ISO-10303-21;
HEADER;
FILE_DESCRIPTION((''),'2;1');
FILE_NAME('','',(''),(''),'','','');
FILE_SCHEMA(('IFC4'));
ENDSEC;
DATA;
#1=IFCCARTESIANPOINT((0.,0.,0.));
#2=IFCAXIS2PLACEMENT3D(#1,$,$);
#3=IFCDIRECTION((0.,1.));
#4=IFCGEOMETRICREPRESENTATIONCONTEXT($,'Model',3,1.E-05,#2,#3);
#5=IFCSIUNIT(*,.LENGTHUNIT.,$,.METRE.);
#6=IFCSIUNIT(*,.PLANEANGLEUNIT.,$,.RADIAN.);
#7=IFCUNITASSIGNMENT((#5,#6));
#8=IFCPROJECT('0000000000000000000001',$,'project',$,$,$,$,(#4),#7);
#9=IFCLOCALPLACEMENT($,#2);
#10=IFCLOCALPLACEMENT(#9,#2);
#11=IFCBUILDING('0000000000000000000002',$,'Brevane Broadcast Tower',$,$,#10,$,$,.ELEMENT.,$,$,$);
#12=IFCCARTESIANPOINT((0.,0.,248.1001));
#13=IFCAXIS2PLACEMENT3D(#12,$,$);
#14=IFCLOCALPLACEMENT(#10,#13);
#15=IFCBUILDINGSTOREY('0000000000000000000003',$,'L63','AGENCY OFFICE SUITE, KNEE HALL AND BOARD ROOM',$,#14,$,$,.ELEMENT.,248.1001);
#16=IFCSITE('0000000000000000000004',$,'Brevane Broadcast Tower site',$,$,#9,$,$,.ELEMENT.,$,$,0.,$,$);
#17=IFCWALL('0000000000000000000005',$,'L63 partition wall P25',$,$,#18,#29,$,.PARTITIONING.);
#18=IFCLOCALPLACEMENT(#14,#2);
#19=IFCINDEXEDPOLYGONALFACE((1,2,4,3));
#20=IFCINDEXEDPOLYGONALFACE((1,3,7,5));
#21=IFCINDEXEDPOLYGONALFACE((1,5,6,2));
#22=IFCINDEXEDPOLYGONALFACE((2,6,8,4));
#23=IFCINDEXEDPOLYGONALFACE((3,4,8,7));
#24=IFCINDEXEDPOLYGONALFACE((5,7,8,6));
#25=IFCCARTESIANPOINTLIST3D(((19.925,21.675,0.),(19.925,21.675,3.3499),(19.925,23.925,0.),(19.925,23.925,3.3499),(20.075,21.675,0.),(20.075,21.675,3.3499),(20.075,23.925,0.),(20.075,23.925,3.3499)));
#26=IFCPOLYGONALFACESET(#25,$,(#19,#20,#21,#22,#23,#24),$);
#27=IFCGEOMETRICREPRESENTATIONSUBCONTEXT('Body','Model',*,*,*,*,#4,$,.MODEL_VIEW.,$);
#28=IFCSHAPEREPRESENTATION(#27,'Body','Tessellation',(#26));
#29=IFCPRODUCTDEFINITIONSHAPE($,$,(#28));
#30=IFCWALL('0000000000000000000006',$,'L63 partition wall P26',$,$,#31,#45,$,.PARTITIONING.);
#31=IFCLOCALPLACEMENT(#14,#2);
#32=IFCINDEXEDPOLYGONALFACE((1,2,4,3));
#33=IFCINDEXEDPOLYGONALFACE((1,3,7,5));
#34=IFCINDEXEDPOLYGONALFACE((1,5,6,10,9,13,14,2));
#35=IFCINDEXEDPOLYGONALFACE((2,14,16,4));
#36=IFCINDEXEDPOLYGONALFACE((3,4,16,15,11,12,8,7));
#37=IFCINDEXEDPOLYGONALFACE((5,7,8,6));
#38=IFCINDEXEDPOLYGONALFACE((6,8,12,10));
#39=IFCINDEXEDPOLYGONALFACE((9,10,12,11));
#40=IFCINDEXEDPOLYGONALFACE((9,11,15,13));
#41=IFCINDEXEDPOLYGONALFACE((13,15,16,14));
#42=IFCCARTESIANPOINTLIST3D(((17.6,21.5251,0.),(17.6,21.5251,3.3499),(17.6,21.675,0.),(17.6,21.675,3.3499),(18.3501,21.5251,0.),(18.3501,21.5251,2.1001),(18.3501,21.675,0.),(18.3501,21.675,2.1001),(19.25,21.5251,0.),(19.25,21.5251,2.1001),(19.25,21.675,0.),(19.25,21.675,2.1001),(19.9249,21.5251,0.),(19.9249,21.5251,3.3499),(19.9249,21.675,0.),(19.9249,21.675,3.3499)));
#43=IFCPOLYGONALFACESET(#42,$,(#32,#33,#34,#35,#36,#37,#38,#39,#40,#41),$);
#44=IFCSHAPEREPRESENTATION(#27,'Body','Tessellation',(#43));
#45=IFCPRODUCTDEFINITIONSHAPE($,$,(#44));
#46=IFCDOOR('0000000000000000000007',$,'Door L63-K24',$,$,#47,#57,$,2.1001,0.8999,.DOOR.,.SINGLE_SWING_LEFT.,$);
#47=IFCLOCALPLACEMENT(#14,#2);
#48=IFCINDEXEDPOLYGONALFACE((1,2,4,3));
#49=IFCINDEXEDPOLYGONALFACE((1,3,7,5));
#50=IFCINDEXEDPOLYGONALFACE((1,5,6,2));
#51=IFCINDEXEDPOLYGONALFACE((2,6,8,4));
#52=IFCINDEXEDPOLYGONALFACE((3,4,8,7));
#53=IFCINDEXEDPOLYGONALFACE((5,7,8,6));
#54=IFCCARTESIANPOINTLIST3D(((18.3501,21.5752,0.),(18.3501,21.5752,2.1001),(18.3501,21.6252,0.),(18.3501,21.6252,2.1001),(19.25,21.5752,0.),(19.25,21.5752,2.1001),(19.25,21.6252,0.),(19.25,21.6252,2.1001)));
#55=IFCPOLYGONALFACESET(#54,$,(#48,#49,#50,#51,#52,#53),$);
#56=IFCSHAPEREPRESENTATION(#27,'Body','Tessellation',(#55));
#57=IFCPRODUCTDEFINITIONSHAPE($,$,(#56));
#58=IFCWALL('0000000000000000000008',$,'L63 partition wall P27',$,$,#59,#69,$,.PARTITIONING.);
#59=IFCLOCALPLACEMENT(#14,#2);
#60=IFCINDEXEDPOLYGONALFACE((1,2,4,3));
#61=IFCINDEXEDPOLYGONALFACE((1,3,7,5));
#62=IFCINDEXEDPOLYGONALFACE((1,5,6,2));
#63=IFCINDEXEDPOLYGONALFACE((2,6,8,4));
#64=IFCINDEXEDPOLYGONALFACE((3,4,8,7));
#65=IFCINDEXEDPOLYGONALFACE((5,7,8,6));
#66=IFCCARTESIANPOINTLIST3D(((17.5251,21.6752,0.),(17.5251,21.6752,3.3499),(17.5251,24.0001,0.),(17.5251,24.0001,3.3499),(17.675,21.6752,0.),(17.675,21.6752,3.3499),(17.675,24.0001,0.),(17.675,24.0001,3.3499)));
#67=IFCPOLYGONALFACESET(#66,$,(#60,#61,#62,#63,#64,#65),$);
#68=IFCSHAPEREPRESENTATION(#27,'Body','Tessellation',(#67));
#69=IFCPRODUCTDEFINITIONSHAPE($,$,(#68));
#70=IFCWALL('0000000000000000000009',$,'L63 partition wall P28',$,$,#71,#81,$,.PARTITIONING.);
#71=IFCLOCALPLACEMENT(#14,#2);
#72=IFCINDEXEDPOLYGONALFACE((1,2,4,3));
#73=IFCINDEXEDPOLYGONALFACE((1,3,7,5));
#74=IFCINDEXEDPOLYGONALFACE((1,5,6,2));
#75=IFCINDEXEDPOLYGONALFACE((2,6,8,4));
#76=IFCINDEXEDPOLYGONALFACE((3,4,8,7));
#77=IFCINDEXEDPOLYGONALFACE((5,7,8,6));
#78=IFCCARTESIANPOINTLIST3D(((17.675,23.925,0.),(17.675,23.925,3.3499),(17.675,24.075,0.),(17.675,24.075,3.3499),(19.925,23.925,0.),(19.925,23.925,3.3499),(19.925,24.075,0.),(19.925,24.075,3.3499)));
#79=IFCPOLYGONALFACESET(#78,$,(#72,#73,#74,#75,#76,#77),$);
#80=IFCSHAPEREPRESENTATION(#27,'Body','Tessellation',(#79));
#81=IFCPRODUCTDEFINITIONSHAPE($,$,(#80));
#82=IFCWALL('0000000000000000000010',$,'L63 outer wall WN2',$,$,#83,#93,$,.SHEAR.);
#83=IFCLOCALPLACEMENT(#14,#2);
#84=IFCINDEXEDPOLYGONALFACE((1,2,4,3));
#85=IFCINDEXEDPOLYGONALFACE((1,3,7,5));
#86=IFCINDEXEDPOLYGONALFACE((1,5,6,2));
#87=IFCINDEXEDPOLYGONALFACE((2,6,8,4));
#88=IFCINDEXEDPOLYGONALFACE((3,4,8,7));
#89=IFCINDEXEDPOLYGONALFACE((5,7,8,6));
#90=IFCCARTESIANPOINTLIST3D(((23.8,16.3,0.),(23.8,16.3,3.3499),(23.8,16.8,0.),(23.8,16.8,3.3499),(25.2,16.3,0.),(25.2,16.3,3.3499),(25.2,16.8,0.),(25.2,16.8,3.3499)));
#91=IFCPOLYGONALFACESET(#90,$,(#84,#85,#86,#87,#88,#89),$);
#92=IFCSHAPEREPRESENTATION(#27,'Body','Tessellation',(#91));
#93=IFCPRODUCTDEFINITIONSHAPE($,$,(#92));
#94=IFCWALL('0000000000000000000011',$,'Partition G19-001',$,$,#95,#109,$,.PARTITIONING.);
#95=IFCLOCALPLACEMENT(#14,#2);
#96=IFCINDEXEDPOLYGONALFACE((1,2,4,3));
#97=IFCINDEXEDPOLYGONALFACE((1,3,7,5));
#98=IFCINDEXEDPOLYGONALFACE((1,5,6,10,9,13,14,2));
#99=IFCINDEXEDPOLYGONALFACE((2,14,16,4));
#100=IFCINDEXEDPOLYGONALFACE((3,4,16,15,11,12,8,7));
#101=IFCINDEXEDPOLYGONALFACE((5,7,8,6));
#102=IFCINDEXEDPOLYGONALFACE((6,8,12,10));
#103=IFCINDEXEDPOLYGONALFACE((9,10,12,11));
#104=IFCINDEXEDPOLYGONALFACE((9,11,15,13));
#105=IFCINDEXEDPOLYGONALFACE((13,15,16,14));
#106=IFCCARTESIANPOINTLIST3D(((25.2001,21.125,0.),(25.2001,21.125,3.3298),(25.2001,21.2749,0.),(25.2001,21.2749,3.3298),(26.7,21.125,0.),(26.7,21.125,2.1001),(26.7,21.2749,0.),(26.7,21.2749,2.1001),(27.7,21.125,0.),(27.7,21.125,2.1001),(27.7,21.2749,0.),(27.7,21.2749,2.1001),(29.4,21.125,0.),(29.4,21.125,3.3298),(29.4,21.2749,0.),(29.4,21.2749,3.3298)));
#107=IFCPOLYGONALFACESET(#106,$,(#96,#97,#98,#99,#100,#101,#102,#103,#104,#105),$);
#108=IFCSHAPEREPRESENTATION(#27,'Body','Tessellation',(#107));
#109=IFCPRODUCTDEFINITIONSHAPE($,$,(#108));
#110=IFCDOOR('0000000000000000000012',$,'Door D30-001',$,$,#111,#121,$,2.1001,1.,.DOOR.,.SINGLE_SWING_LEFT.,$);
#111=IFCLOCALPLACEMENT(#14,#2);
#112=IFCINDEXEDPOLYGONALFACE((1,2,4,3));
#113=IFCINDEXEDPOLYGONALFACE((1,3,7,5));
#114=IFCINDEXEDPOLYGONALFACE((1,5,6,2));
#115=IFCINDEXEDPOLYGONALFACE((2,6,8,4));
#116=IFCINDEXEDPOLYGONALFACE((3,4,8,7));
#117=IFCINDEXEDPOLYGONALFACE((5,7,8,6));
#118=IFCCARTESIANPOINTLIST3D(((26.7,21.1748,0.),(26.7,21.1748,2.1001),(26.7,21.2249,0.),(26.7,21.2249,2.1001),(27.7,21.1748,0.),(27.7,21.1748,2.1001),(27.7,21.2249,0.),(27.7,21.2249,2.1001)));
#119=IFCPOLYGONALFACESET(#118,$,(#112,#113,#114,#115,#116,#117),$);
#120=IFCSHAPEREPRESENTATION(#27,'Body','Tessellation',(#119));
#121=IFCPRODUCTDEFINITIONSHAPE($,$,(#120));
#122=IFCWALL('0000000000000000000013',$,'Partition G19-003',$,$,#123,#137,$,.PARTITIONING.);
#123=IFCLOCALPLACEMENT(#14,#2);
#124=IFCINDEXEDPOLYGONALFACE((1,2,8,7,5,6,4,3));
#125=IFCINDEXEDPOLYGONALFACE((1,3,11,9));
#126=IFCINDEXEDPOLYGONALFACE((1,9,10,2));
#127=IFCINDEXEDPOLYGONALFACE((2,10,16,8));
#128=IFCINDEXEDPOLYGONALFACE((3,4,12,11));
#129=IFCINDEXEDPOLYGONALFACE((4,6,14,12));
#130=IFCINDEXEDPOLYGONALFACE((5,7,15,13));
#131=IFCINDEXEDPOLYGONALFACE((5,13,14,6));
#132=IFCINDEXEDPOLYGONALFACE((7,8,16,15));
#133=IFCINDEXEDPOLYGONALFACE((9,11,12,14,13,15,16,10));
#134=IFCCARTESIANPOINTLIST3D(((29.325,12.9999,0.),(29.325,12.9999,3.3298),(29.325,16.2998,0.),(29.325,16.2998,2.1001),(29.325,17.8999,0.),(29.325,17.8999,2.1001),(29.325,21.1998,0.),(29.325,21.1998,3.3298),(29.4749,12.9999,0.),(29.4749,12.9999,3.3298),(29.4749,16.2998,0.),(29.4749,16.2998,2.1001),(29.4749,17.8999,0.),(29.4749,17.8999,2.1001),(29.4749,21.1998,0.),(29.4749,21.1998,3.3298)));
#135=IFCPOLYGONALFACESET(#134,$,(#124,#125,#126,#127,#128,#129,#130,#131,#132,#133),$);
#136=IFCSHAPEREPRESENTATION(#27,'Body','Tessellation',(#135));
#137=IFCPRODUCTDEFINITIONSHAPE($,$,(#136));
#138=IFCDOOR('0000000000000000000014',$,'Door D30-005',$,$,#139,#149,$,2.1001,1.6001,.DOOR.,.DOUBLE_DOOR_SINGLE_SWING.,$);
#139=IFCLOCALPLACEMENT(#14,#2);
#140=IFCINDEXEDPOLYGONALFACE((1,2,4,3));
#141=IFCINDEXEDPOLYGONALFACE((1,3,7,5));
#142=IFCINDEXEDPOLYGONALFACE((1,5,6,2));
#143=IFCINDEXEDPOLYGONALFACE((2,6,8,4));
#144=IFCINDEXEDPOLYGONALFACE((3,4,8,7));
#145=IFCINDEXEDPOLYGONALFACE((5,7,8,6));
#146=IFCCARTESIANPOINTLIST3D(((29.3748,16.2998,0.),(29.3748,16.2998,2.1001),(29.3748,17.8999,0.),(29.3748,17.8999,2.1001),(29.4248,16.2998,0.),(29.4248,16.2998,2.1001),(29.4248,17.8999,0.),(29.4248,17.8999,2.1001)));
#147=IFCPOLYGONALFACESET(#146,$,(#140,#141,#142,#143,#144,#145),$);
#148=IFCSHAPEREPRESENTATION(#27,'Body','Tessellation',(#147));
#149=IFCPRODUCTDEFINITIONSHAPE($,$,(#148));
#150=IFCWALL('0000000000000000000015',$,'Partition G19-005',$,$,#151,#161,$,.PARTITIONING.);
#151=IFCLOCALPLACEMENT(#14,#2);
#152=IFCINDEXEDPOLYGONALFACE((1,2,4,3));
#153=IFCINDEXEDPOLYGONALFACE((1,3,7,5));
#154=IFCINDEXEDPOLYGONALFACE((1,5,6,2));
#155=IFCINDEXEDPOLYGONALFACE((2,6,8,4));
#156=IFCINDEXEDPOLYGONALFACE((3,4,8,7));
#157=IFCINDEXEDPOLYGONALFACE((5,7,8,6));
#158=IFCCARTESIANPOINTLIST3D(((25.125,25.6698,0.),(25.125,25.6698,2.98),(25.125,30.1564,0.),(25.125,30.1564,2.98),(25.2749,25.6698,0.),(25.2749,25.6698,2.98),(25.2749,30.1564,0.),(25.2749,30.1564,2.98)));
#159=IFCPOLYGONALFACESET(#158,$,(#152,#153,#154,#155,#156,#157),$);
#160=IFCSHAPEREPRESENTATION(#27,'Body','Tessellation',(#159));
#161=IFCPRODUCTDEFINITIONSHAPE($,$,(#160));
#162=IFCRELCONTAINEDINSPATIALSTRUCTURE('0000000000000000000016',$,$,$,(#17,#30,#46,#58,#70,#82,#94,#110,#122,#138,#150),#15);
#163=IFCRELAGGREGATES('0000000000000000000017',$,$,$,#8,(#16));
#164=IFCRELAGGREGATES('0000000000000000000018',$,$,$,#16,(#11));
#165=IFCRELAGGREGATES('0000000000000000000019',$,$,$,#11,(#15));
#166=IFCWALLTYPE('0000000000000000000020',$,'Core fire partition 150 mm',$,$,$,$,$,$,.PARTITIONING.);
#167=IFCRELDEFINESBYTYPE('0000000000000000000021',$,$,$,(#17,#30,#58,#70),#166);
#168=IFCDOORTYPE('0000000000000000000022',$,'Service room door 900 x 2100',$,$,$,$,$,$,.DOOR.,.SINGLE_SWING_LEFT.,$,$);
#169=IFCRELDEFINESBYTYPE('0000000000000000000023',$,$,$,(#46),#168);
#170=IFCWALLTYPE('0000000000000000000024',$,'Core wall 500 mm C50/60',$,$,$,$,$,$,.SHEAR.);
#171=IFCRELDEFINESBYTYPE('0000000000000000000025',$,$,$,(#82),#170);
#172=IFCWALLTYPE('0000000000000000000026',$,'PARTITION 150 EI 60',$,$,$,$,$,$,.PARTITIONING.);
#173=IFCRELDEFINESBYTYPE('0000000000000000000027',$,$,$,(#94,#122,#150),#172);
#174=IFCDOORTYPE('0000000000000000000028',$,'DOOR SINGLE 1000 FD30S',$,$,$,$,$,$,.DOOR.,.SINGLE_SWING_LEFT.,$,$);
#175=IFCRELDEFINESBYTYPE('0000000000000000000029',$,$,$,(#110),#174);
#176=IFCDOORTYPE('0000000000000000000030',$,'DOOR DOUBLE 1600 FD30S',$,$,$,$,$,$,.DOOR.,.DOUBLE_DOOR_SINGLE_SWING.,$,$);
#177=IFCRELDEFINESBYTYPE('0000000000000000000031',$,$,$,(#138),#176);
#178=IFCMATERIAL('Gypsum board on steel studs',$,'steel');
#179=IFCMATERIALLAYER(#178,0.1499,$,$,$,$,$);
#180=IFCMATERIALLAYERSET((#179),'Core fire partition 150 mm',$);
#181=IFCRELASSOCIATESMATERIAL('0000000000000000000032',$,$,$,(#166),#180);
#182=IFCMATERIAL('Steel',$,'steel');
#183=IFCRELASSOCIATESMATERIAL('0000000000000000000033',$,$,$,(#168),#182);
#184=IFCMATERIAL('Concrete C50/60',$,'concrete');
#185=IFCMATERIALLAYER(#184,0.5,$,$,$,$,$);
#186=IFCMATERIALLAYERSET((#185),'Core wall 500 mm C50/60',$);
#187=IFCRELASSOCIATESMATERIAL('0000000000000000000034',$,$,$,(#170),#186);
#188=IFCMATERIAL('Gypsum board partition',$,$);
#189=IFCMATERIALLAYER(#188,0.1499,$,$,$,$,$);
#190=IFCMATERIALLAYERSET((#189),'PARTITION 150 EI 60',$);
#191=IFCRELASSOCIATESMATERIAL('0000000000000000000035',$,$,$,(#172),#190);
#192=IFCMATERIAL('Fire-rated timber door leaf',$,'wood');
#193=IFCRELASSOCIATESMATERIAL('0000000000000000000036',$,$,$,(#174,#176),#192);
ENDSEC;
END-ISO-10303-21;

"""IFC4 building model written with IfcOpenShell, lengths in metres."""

from ifc_helpers import new_model, si_unit, direction, frame, frame_2d, origin, place, context, subcontext, project, spatial, rectangle, extrude, material, layer, layer_set, type_object, element, fill, save


model = new_model("IFC4")

# Units and contexts
model_context = context("Model", 3, precision=1e-05, world=origin(), true_north=direction((0.0, 1.0)))
body_context = subcontext(model_context, "Body", "Model", "MODEL_VIEW")
ifc_project = project(units=[si_unit("LENGTHUNIT", "METRE"), si_unit("PLANEANGLEUNIT", "RADIAN")], contexts=[model_context])

# Site, building, storey
site_placement = place(None, origin())
site = spatial("IfcSite", under=ifc_project, at=site_placement, Name="Brevane Broadcast Tower site", CompositionType="ELEMENT", RefElevation=0.0)
building_placement = place(site_placement, origin())
building = spatial("IfcBuilding", under=site, at=building_placement, Name="Brevane Broadcast Tower", CompositionType="ELEMENT")
storey_placement = place(building_placement, frame((0.0, 0.0, 248.1001)))
storey = spatial("IfcBuildingStorey", under=building, at=storey_placement, Name="L63", Description="AGENCY OFFICE SUITE, KNEE HALL AND BOARD ROOM", CompositionType="ELEMENT", Elevation=248.1001)

# Shared definitions
ifc_material_1 = material(Name="Concrete C50/60", Category="concrete")

# Shared definitions
ifc_material_2 = material(Name="Gypsum board on steel studs", Category="steel")
ifc_layer_1 = layer(ifc_material_2, 0.1499)
ifc_layer_set_1 = layer_set([ifc_layer_1], Name="Core fire partition 150 mm")
wall_type_1 = type_object("IfcWallType", Name="Core fire partition 150 mm", PredefinedType="PARTITIONING", material=ifc_layer_set_1)

# Wall
wall_1_placement = place(storey_placement, frame((20.0, 21.675, 0.0), z_axis=(0.0, 0.0, 1.0), x_axis=(0.0, 1.0, 0.0)))
element("IfcWall", 1, at=wall_1_placement, inside=storey, type_object=wall_type_1, Name="L63 partition wall P25", PredefinedType="PARTITIONING", context=body_context, shape_type="SweptSolid", body=[
    extrude(rectangle(XDim=2.25, YDim=0.1499, at=frame_2d((1.125, 0.0))), origin(), (0.0, 0.0, 1.0), 3.3499),
])

# Wall, opening, door
wall_2_placement = place(storey_placement, frame((19.925, 21.6001, 0.0), z_axis=(0.0, 0.0, 1.0), x_axis=(-1.0, 0.0, 0.0)))
wall_2 = element("IfcWall", 2, at=wall_2_placement, inside=storey, type_object=wall_type_1, Name="L63 partition wall P26", PredefinedType="PARTITIONING", context=body_context, shape_type="SweptSolid", body=[
    extrude(rectangle(XDim=2.325, YDim=0.1499, at=frame_2d((1.1626, 0.0))), origin(), (0.0, 0.0, 1.0), 3.3499),
])
opening_1_placement = place(wall_2_placement, frame((0.675, 0.0, 0.0)))
opening_1 = element("IfcOpeningElement", 3, at=opening_1_placement, cuts=wall_2, PredefinedType="OPENING", context=body_context, shape_type="SweptSolid", body=[
    extrude(rectangle(XDim=0.8999, YDim=2.1001, at=frame_2d((0.45, 1.05))), frame((0.0, 0.085, 0.0), z_axis=(0.0, -1.0, 0.0), x_axis=(1.0, 0.0, 0.0)), (0.0, 0.0, 1.0), 0.1699),
])
ifc_material_3 = material(Name="Steel", Category="steel")
door_type_1 = type_object("IfcDoorType", Name="Service room door 900 x 2100", OperationType="SINGLE_SWING_LEFT", PredefinedType="DOOR", material=ifc_material_3)
door_1_placement = place(opening_1_placement, origin())
door_1 = element("IfcDoor", 4, at=door_1_placement, inside=storey, type_object=door_type_1, Name="Door L63-K24", OperationType="SINGLE_SWING_LEFT", OverallHeight=2.1001, OverallWidth=0.8999, PredefinedType="DOOR", context=body_context, shape_type="SweptSolid", body=[
    extrude(rectangle(XDim=0.8999, YDim=2.1001, at=frame_2d((0.45, 1.05))), frame((0.0, 0.0249, 0.0), z_axis=(0.0, -1.0, 0.0), x_axis=(1.0, 0.0, 0.0)), (0.0, 0.0, 1.0), 0.05),
])
fill(opening_1, door_1)

# Walls
wall_3_placement = place(storey_placement, frame((17.6001, 21.675, 0.0), z_axis=(0.0, 0.0, 1.0), x_axis=(0.0, 1.0, 0.0)))
element("IfcWall", 5, at=wall_3_placement, inside=storey, type_object=wall_type_1, Name="L63 partition wall P27", PredefinedType="PARTITIONING", context=body_context, shape_type="SweptSolid", body=[
    extrude(rectangle(XDim=2.325, YDim=0.1499, at=frame_2d((1.1626, 0.0))), origin(), (0.0, 0.0, 1.0), 3.3499),
])
wall_4_placement = place(storey_placement, frame((17.675, 24.0, 0.0), z_axis=(0.0, 0.0, 1.0), x_axis=(1.0, 0.0, 0.0)))
element("IfcWall", 6, at=wall_4_placement, inside=storey, type_object=wall_type_1, Name="L63 partition wall P28", PredefinedType="PARTITIONING", context=body_context, shape_type="SweptSolid", body=[
    extrude(rectangle(XDim=2.25, YDim=0.1499, at=frame_2d((1.125, 0.0))), origin(), (0.0, 0.0, 1.0), 3.3499),
])
ifc_layer_2 = layer(ifc_material_1, 0.5)
ifc_layer_set_2 = layer_set([ifc_layer_2], Name="Core wall 500 mm C50/60")
wall_type_2 = type_object("IfcWallType", Name="Core wall 500 mm C50/60", PredefinedType="SHEAR", material=ifc_layer_set_2)
wall_5_placement = place(storey_placement, frame((23.8, 16.55, 0.0), z_axis=(0.0, 0.0, 1.0), x_axis=(1.0, 0.0, 0.0)))
element("IfcWall", 7, at=wall_5_placement, inside=storey, type_object=wall_type_2, Name="L63 outer wall WN2", PredefinedType="SHEAR", context=body_context, shape_type="SweptSolid", body=[
    extrude(rectangle(XDim=1.3999, YDim=0.5, at=frame_2d((0.7, 0.0))), origin(), (0.0, 0.0, 1.0), 3.3499),
])

# Walls, openings, doors
ifc_material_4 = material(Name="Gypsum board partition")
ifc_layer_3 = layer(ifc_material_4, 0.1499)
ifc_layer_set_3 = layer_set([ifc_layer_3], Name="PARTITION 150 EI 60")
wall_type_3 = type_object("IfcWallType", Name="PARTITION 150 EI 60", PredefinedType="PARTITIONING", material=ifc_layer_set_3)
wall_6_placement = place(storey_placement, frame((25.2, 21.2, 0.0), z_axis=(0.0, 0.0, 1.0), x_axis=(1.0, 0.0, 0.0)))
wall_6 = element("IfcWall", 8, at=wall_6_placement, inside=storey, type_object=wall_type_3, Name="Partition G19-001", PredefinedType="PARTITIONING", context=body_context, shape_type="SweptSolid", body=[
    extrude(rectangle(XDim=4.2, YDim=0.1499, at=frame_2d((2.1001, 0.0))), origin(), (0.0, 0.0, 1.0), 3.3298),
])
opening_2_placement = place(wall_6_placement, frame((1.5, 0.0, 0.0)))
opening_2 = element("IfcOpeningElement", 9, at=opening_2_placement, cuts=wall_6, PredefinedType="OPENING", context=body_context, shape_type="SweptSolid", body=[
    extrude(rectangle(XDim=1.0, YDim=2.1001, at=frame_2d((0.5, 1.05))), frame((0.0, 0.085, 0.0), z_axis=(0.0, -1.0, 0.0), x_axis=(1.0, 0.0, 0.0)), (0.0, 0.0, 1.0), 0.1699),
])
ifc_material_5 = material(Name="Fire-rated timber door leaf", Category="wood")
door_type_2 = type_object("IfcDoorType", Name="DOOR SINGLE 1000 FD30S", OperationType="SINGLE_SWING_LEFT", PredefinedType="DOOR", material=ifc_material_5)
door_2_placement = place(opening_2_placement, origin())
door_2 = element("IfcDoor", 10, at=door_2_placement, inside=storey, type_object=door_type_2, Name="Door D30-001", OperationType="SINGLE_SWING_LEFT", OverallHeight=2.1001, OverallWidth=1.0, PredefinedType="DOOR", context=body_context, shape_type="SweptSolid", body=[
    extrude(rectangle(XDim=1.0, YDim=2.1001, at=frame_2d((0.5, 1.05))), frame((0.0, 0.0249, 0.0), z_axis=(0.0, -1.0, 0.0), x_axis=(1.0, 0.0, 0.0)), (0.0, 0.0, 1.0), 0.05),
])
fill(opening_2, door_2)
wall_7_placement = place(storey_placement, frame((29.3999, 21.2, 0.0), z_axis=(0.0, 0.0, 1.0), x_axis=(0.0, -1.0, 0.0)))
wall_7 = element("IfcWall", 11, at=wall_7_placement, inside=storey, type_object=wall_type_3, Name="Partition G19-003", PredefinedType="PARTITIONING", context=body_context, shape_type="SweptSolid", body=[
    extrude(rectangle(XDim=8.2, YDim=0.1499, at=frame_2d((4.1001, 0.0))), origin(), (0.0, 0.0, 1.0), 3.3298),
])
opening_3_placement = place(wall_7_placement, frame((3.3, 0.0, 0.0)))
opening_3 = element("IfcOpeningElement", 12, at=opening_3_placement, cuts=wall_7, PredefinedType="OPENING", context=body_context, shape_type="SweptSolid", body=[
    extrude(rectangle(XDim=1.6001, YDim=2.1001, at=frame_2d((0.8, 1.05))), frame((0.0, 0.085, 0.0), z_axis=(0.0, -1.0, 0.0), x_axis=(1.0, 0.0, 0.0)), (0.0, 0.0, 1.0), 0.1699),
])
door_type_3 = type_object("IfcDoorType", Name="DOOR DOUBLE 1600 FD30S", OperationType="DOUBLE_DOOR_SINGLE_SWING", PredefinedType="DOOR", material=ifc_material_5)
door_3_placement = place(opening_3_placement, origin())
door_3 = element("IfcDoor", 13, at=door_3_placement, inside=storey, type_object=door_type_3, Name="Door D30-005", OperationType="DOUBLE_DOOR_SINGLE_SWING", OverallHeight=2.1001, OverallWidth=1.6001, PredefinedType="DOOR", context=body_context, shape_type="SweptSolid", body=[
    extrude(rectangle(XDim=1.6001, YDim=2.1001, at=frame_2d((0.8, 1.05))), frame((0.0, 0.0249, 0.0), z_axis=(0.0, -1.0, 0.0), x_axis=(1.0, 0.0, 0.0)), (0.0, 0.0, 1.0), 0.05),
])
fill(opening_3, door_3)

# Wall
wall_8_placement = place(storey_placement, frame((25.2, 25.6699, 0.0), z_axis=(0.0, 0.0, 1.0), x_axis=(0.0, 1.0, 0.0)))
element("IfcWall", 14, at=wall_8_placement, inside=storey, type_object=wall_type_3, Name="Partition G19-005", PredefinedType="PARTITIONING", context=body_context, shape_type="SweptSolid", body=[
    extrude(rectangle(XDim=4.4866, YDim=0.1499, at=frame_2d((2.2432, 0.0))), origin(), (0.0, 0.0, 1.0), 2.98),
])

save(model, "model.ifc")
